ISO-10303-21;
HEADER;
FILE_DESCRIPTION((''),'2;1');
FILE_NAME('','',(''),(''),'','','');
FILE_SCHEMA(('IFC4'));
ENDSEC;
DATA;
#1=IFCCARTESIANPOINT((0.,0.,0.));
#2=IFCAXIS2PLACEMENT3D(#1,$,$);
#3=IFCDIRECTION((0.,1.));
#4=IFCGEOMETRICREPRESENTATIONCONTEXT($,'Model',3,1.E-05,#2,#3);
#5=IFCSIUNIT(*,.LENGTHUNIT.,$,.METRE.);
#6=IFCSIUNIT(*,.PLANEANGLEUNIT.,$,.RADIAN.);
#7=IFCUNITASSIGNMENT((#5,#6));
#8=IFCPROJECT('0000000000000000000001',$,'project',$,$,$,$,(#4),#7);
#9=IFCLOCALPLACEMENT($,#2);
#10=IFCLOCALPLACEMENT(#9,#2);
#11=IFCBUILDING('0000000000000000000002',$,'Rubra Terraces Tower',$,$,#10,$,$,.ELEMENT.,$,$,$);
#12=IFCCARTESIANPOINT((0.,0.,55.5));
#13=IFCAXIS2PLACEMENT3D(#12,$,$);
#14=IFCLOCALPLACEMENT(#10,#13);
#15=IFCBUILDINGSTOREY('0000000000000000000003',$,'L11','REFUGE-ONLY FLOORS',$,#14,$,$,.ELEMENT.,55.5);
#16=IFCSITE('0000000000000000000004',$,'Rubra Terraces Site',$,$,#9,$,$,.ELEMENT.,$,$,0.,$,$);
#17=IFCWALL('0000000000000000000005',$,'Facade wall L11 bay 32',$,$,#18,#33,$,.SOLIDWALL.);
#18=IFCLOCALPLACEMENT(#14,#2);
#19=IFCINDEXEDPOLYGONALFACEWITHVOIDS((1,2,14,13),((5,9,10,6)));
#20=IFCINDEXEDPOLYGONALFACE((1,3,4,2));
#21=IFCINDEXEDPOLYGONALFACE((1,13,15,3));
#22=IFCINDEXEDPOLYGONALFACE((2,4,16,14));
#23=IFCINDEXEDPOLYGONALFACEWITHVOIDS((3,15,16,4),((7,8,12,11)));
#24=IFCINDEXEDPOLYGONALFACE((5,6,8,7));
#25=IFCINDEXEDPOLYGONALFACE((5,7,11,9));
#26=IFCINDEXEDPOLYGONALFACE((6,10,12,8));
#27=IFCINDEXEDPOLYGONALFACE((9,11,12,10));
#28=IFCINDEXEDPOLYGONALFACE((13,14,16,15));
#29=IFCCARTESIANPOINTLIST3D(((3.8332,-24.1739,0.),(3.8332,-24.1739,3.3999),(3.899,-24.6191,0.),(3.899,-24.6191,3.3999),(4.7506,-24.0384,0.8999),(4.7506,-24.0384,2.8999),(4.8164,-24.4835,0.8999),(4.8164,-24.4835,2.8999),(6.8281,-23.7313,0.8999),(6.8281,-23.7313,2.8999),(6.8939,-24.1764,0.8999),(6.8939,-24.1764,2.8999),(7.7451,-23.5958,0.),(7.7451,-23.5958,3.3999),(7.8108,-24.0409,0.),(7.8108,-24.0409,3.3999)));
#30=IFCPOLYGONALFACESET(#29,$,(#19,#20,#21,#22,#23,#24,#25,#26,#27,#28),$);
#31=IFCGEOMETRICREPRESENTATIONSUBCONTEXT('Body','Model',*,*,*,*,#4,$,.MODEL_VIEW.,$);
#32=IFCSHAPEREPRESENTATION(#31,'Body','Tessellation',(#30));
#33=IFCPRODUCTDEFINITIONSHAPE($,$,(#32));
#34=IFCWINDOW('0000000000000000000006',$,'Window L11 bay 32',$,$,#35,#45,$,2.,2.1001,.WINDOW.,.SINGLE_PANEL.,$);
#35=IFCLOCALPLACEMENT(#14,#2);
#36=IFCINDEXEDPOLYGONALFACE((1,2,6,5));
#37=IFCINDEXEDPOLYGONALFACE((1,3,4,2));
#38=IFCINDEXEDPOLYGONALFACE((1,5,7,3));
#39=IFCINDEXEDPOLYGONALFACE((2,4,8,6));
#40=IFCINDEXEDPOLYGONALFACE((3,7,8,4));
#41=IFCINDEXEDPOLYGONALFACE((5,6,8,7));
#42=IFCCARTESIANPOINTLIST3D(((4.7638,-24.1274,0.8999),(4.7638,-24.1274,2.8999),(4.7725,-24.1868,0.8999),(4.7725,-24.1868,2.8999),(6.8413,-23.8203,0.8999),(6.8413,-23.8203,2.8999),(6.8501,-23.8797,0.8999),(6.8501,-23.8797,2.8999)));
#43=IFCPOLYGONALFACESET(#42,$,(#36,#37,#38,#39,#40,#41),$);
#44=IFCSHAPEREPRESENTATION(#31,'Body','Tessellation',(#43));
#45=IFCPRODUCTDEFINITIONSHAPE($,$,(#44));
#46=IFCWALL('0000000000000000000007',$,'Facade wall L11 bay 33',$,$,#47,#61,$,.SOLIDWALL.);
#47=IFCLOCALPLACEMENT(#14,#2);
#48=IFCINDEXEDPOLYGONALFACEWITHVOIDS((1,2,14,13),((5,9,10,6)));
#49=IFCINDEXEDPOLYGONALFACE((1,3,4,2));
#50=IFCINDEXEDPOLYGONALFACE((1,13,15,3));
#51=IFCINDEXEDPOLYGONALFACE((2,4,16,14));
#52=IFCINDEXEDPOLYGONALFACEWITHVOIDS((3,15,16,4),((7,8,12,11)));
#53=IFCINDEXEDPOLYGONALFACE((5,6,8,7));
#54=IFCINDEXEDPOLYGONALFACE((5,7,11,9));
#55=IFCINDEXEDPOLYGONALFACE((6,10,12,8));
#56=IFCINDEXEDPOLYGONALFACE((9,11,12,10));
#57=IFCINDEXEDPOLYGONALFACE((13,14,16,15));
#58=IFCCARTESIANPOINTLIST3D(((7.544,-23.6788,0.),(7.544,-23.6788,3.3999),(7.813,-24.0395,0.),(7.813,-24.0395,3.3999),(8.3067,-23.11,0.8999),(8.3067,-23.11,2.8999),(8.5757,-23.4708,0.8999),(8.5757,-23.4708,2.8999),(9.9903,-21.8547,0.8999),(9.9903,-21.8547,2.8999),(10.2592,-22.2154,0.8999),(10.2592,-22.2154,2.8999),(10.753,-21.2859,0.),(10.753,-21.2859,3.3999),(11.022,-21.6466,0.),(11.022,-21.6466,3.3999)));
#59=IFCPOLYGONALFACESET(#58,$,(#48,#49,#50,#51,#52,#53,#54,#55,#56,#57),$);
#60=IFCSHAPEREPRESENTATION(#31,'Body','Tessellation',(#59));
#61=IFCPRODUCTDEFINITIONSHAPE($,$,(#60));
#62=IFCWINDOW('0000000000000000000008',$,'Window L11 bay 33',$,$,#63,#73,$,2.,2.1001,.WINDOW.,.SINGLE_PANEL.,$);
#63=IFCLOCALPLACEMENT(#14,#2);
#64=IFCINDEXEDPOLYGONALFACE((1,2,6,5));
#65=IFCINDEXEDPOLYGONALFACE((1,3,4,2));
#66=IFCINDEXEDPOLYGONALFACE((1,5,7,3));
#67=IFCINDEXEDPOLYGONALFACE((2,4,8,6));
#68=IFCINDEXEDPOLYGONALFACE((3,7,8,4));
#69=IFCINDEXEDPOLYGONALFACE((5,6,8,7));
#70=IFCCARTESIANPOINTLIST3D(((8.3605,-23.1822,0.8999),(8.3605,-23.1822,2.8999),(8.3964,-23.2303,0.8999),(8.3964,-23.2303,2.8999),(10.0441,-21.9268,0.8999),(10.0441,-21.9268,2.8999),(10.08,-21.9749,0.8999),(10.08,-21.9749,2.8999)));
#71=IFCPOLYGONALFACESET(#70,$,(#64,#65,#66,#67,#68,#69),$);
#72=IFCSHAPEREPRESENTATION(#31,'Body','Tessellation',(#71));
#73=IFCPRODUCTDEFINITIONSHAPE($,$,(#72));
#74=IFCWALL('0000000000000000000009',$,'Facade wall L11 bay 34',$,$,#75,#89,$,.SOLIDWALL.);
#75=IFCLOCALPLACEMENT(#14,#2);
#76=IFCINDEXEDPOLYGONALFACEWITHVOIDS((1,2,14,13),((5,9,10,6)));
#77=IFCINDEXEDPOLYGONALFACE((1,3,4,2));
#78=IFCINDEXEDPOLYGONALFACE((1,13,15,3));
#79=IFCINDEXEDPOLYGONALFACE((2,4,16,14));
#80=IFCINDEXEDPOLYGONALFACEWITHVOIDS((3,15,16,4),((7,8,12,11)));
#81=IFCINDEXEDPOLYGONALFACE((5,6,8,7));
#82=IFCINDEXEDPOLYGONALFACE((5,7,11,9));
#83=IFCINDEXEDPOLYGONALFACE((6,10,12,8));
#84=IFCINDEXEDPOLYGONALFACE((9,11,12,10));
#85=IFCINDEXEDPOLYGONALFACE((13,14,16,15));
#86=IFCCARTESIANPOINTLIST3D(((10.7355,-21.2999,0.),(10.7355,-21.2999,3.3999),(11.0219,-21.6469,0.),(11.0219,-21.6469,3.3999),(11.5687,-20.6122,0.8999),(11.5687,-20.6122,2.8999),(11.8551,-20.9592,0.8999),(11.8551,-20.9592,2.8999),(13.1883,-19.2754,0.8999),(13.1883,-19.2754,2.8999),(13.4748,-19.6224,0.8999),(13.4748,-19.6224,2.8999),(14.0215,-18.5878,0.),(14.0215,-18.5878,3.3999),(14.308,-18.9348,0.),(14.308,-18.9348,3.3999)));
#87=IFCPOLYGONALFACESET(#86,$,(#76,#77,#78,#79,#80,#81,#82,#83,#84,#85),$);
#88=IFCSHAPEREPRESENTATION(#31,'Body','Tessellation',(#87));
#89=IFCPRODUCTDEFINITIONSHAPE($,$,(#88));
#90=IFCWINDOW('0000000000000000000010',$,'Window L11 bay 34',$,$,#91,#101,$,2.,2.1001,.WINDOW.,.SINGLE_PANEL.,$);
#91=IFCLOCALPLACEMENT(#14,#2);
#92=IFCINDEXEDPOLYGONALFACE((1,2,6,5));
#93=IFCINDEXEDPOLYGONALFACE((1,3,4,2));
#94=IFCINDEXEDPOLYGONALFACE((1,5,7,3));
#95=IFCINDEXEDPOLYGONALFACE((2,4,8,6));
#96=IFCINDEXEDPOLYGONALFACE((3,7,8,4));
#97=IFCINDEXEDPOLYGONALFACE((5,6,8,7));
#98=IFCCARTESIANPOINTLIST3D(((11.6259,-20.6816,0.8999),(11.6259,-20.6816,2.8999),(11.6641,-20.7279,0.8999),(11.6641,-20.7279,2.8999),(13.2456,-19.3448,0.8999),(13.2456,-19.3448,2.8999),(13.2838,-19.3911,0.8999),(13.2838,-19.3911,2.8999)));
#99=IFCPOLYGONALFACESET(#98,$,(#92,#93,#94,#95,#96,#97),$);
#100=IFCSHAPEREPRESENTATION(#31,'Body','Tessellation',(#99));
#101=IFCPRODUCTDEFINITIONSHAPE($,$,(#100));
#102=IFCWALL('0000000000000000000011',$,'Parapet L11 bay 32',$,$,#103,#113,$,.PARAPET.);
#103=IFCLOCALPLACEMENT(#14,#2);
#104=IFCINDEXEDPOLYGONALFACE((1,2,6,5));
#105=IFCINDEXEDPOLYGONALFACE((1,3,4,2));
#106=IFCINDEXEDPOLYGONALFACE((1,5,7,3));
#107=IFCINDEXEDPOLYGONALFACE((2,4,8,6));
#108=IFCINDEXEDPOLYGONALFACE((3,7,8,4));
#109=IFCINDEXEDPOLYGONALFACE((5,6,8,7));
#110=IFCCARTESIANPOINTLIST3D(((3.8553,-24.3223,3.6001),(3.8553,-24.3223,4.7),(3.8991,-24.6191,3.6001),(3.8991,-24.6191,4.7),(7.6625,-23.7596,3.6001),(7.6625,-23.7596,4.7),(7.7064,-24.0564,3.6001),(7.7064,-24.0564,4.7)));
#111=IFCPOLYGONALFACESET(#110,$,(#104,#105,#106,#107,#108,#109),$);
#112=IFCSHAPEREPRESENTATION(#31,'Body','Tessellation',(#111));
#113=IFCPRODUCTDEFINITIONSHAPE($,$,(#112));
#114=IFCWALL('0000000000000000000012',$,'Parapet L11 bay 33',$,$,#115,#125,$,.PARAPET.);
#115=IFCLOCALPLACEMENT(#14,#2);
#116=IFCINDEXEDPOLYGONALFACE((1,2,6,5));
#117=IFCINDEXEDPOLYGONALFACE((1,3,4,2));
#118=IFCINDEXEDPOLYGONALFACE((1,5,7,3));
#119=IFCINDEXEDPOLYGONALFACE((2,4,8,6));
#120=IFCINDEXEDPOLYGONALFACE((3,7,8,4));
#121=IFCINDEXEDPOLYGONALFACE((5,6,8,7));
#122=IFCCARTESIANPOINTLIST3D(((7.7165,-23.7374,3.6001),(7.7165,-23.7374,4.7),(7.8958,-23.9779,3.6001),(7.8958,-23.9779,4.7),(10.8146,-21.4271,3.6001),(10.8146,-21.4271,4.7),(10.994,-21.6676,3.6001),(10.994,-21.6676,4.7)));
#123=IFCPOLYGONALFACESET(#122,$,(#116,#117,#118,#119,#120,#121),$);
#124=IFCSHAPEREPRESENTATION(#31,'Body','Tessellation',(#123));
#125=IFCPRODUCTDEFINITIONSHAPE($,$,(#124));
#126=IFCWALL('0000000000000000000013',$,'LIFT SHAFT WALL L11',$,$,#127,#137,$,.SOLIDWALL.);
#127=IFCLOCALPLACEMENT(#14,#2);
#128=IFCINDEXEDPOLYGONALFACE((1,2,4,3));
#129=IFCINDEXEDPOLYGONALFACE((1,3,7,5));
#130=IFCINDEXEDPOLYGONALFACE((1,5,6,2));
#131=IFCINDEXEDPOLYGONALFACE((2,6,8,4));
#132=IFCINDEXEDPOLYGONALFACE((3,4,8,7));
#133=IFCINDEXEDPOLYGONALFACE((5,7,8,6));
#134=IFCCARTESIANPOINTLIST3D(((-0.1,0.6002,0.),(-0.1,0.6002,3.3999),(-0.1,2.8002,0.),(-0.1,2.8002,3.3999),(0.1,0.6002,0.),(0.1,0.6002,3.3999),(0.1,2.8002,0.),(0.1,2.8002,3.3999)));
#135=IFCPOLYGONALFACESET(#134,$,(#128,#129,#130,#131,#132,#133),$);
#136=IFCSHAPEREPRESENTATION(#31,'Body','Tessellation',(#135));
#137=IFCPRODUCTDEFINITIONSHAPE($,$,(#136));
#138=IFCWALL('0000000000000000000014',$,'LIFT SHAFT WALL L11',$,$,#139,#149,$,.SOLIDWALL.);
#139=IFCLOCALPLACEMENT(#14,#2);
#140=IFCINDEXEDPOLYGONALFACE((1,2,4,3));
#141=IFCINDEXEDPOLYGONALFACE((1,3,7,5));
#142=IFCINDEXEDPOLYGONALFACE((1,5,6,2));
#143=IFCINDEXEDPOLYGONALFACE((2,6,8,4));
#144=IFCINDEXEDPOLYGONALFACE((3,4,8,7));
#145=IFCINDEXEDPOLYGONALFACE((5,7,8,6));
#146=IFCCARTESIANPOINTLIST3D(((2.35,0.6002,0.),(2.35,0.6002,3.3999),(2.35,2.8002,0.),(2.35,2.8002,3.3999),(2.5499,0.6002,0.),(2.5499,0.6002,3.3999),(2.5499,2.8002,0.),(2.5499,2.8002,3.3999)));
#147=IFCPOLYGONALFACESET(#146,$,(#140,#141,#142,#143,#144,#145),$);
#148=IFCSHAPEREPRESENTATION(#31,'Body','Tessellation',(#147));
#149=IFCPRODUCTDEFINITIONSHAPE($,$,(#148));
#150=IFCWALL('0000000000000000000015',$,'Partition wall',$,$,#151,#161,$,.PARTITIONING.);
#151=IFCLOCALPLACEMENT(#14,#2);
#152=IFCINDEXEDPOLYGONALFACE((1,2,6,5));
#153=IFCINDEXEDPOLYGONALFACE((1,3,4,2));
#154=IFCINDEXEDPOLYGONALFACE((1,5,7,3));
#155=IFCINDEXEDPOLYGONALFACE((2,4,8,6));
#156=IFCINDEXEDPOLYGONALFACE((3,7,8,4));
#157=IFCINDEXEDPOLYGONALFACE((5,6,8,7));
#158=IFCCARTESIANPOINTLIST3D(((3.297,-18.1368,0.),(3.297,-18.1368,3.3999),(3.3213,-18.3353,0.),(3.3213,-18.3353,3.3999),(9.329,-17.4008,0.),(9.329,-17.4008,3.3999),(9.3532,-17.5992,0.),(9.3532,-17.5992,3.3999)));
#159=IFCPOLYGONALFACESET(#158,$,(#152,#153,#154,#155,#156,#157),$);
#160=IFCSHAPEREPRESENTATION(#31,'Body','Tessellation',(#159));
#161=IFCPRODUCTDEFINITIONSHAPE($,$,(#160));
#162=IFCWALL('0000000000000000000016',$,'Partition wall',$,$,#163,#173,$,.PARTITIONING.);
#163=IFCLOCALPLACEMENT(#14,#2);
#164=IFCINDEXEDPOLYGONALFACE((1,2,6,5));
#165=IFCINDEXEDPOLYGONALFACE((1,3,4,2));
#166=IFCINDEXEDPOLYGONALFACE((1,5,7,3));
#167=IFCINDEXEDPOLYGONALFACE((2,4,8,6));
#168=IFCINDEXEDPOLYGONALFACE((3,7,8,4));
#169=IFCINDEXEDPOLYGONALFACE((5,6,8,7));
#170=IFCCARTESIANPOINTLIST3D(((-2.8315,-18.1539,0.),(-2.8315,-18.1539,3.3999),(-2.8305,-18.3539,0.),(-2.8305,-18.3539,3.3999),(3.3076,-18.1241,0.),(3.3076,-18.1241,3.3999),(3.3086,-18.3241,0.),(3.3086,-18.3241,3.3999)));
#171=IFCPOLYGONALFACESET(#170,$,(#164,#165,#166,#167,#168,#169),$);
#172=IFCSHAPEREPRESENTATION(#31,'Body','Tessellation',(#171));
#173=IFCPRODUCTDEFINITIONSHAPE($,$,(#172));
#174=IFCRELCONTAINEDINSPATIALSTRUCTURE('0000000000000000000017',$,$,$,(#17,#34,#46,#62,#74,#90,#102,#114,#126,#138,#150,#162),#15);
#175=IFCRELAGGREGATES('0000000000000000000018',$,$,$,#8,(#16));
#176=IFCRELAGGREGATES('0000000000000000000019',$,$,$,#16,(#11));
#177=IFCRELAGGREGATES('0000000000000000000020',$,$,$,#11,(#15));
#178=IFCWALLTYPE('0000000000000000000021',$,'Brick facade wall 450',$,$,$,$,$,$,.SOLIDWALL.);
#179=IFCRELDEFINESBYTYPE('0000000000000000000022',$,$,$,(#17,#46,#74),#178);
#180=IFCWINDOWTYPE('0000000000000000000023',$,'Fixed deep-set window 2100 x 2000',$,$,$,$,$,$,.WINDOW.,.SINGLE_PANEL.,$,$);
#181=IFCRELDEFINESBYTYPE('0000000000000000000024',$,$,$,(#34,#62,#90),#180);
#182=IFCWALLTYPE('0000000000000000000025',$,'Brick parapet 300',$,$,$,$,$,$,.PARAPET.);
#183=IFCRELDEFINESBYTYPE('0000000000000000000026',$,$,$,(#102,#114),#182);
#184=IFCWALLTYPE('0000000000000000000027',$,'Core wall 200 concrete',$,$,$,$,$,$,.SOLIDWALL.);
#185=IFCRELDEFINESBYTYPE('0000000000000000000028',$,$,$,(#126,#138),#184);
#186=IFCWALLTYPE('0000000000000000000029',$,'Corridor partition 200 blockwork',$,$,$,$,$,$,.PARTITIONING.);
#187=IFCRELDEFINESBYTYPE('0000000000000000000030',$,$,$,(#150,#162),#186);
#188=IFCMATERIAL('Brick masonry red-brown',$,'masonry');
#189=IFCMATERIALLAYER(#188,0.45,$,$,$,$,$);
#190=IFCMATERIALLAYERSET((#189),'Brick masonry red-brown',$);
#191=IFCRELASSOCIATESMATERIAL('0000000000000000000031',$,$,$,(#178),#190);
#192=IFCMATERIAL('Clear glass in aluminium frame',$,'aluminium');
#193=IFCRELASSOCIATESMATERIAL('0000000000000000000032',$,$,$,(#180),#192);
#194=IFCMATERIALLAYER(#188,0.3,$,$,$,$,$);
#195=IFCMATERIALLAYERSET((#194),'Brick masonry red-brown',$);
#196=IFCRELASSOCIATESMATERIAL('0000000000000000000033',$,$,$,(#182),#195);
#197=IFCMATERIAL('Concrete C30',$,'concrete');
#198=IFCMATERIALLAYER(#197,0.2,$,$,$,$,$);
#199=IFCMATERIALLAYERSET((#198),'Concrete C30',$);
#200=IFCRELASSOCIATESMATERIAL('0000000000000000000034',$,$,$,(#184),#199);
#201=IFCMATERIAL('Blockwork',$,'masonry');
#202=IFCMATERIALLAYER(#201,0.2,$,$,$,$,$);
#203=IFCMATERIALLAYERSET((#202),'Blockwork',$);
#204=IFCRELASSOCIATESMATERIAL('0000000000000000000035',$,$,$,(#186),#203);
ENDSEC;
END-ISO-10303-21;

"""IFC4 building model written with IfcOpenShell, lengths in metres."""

from ifc_helpers import new_model, si_unit, direction, frame, frame_2d, origin, place, context, subcontext, project, spatial, rectangle, extrude, material, layer, layer_set, type_object, element, fill, save


model = new_model("IFC4")

# Units and contexts
model_context = context("Model", 3, precision=1e-05, world=origin(), true_north=direction((0.0, 1.0)))
body_context = subcontext(model_context, "Body", "Model", "MODEL_VIEW")
ifc_project = project(units=[si_unit("LENGTHUNIT", "METRE"), si_unit("PLANEANGLEUNIT", "RADIAN")], contexts=[model_context])

# Site, building, storey
site_placement = place(None, origin())
site = spatial("IfcSite", under=ifc_project, at=site_placement, Name="Rubra Terraces Site", CompositionType="ELEMENT", RefElevation=0.0)
building_placement = place(site_placement, origin())
building = spatial("IfcBuilding", under=site, at=building_placement, Name="Rubra Terraces Tower", CompositionType="ELEMENT")
storey_placement = place(building_placement, frame((0.0, 0.0, 55.5)))
storey = spatial("IfcBuildingStorey", under=building, at=storey_placement, Name="L11", Description="REFUGE-ONLY FLOORS", CompositionType="ELEMENT", Elevation=55.5)

# Walls, openings, windows
ifc_material_1 = material(Name="Brick masonry red-brown", Category="masonry")
ifc_layer_1 = layer(ifc_material_1, 0.45)
ifc_layer_set_1 = layer_set([ifc_layer_1], Name="Brick masonry red-brown")
wall_type_1 = type_object("IfcWallType", Name="Brick facade wall 450", PredefinedType="SOLIDWALL", material=ifc_layer_set_1)
ifc_material_2 = material(Name="Clear glass in aluminium frame", Category="aluminium")
window_type = type_object("IfcWindowType", Name="Fixed deep-set window 2100 x 2000", PartitioningType="SINGLE_PANEL", PredefinedType="WINDOW", material=ifc_material_2)
wall_1_placement = place(storey_placement, frame((3.8662, -24.3965, 0.0), z_axis=(0.0, 0.0, 1.0), x_axis=(0.989255, 0.1462, 0.0)))
wall_1 = element("IfcWall", 1, at=wall_1_placement, inside=storey, type_object=wall_type_1, Name="Facade wall L11 bay 32", PredefinedType="SOLIDWALL", context=body_context, shape_type="SweptSolid", body=[
    extrude(rectangle(XDim=3.9543, YDim=0.45, at=frame_2d((1.9771, 0.0))), origin(), (0.0, 0.0, 1.0), 3.3999),
])
opening_1_placement = place(wall_1_placement, frame((0.9272, 0.0, 0.8999)))
opening_1 = element("IfcOpeningElement", 2, at=opening_1_placement, cuts=wall_1, PredefinedType="OPENING", context=body_context, shape_type="SweptSolid", body=[
    extrude(rectangle(XDim=2.1001, YDim=2.0, at=frame_2d((1.05, 1.0))), frame((0.0, 0.2349, 0.0), z_axis=(0.0, -1.0, 0.0), x_axis=(1.0, 0.0, 0.0)), (0.0, 0.0, 1.0), 0.47),
])
window_1_placement = place(opening_1_placement, origin())
window_1 = element("IfcWindow", 3, at=window_1_placement, inside=storey, type_object=window_type, Name="Window L11 bay 32", OverallHeight=2.0, OverallWidth=2.1001, PartitioningType="SINGLE_PANEL", PredefinedType="WINDOW", context=body_context, shape_type="SweptSolid", body=[
    extrude(rectangle(XDim=2.1001, YDim=2.0, at=frame_2d((1.05, 1.0))), frame((0.0, 0.135, 0.0), z_axis=(0.0, -1.0, 0.0), x_axis=(1.0, 0.0, 0.0)), (0.0, 0.0, 1.0), 0.0601),
])
fill(opening_1, window_1)
wall_2_placement = place(storey_placement, frame((7.6785, -23.8591, 0.0), z_axis=(0.0, 0.0, 1.0), x_axis=(0.801666, 0.597773, 0.0)))
wall_2 = element("IfcWall", 4, at=wall_2_placement, inside=storey, type_object=wall_type_1, Name="Facade wall L11 bay 33", PredefinedType="SOLIDWALL", context=body_context, shape_type="SweptSolid", body=[
    extrude(rectangle(XDim=4.0029, YDim=0.45, at=frame_2d((2.0015, 0.0))), origin(), (0.0, 0.0, 1.0), 3.3999),
])
opening_2_placement = place(wall_2_placement, frame((0.9514, 0.0, 0.8999)))
opening_2 = element("IfcOpeningElement", 5, at=opening_2_placement, cuts=wall_2, PredefinedType="OPENING", context=body_context, shape_type="SweptSolid", body=[
    extrude(rectangle(XDim=2.1001, YDim=2.0, at=frame_2d((1.05, 1.0))), frame((0.0, 0.2349, 0.0), z_axis=(0.0, -1.0, 0.0), x_axis=(1.0, 0.0, 0.0)), (0.0, 0.0, 1.0), 0.47),
])
window_2_placement = place(opening_2_placement, origin())
window_2 = element("IfcWindow", 6, at=window_2_placement, inside=storey, type_object=window_type, Name="Window L11 bay 33", OverallHeight=2.0, OverallWidth=2.1001, PartitioningType="SINGLE_PANEL", PredefinedType="WINDOW", context=body_context, shape_type="SweptSolid", body=[
    extrude(rectangle(XDim=2.1001, YDim=2.0, at=frame_2d((1.05, 1.0))), frame((0.0, 0.135, 0.0), z_axis=(0.0, -1.0, 0.0), x_axis=(1.0, 0.0, 0.0)), (0.0, 0.0, 1.0), 0.0601),
])
fill(opening_2, window_2)
wall_3_placement = place(storey_placement, frame((10.8787, -21.4734, 0.0), z_axis=(0.0, 0.0, 1.0), x_axis=(0.771247, 0.636536, 0.0)))
wall_3 = element("IfcWall", 7, at=wall_3_placement, inside=storey, type_object=wall_type_1, Name="Facade wall L11 bay 34", PredefinedType="SOLIDWALL", context=body_context, shape_type="SweptSolid", body=[
    extrude(rectangle(XDim=4.2607, YDim=0.45, at=frame_2d((2.1304, 0.0))), origin(), (0.0, 0.0, 1.0), 3.3999),
])
opening_3_placement = place(wall_3_placement, frame((1.0803, 0.0, 0.8999)))
opening_3 = element("IfcOpeningElement", 8, at=opening_3_placement, cuts=wall_3, PredefinedType="OPENING", context=body_context, shape_type="SweptSolid", body=[
    extrude(rectangle(XDim=2.1001, YDim=2.0, at=frame_2d((1.05, 1.0))), frame((0.0, 0.2349, 0.0), z_axis=(0.0, -1.0, 0.0), x_axis=(1.0, 0.0, 0.0)), (0.0, 0.0, 1.0), 0.47),
])
window_3_placement = place(opening_3_placement, origin())
window_3 = element("IfcWindow", 9, at=window_3_placement, inside=storey, type_object=window_type, Name="Window L11 bay 34", OverallHeight=2.0, OverallWidth=2.1001, PartitioningType="SINGLE_PANEL", PredefinedType="WINDOW", context=body_context, shape_type="SweptSolid", body=[
    extrude(rectangle(XDim=2.1001, YDim=2.0, at=frame_2d((1.05, 1.0))), frame((0.0, 0.135, 0.0), z_axis=(0.0, -1.0, 0.0), x_axis=(1.0, 0.0, 0.0)), (0.0, 0.0, 1.0), 0.0601),
])
fill(opening_3, window_3)

# Walls
ifc_layer_2 = layer(ifc_material_1, 0.3)
ifc_layer_set_2 = layer_set([ifc_layer_2], Name="Brick masonry red-brown")
wall_type_2 = type_object("IfcWallType", Name="Brick parapet 300", PredefinedType="PARAPET", material=ifc_layer_set_2)
wall_4_placement = place(storey_placement, frame((3.8772, -24.4707, 3.6001), z_axis=(0.0, 0.0, 1.0), x_axis=(0.989253, 0.146215, 0.0)))
element("IfcWall", 10, at=wall_4_placement, inside=storey, type_object=wall_type_2, Name="Parapet L11 bay 32", PredefinedType="PARAPET", context=body_context, shape_type="SweptSolid", body=[
    extrude(rectangle(XDim=3.8486, YDim=0.3, at=frame_2d((1.9243, 0.0))), origin(), (0.0, 0.0, 1.0), 1.0999),
])
wall_5_placement = place(storey_placement, frame((7.8062, -23.8577, 3.6001), z_axis=(0.0, 0.0, 1.0), x_axis=(0.80165, 0.597794, 0.0)))
element("IfcWall", 11, at=wall_5_placement, inside=storey, type_object=wall_type_2, Name="Parapet L11 bay 33", PredefinedType="PARAPET", context=body_context, shape_type="SweptSolid", body=[
    extrude(rectangle(XDim=3.8647, YDim=0.3, at=frame_2d((1.9324, 0.0))), origin(), (0.0, 0.0, 1.0), 1.0999),
])
ifc_material_3 = material(Name="Concrete C30", Category="concrete")
ifc_layer_3 = layer(ifc_material_3, 0.2)
ifc_layer_set_3 = layer_set([ifc_layer_3], Name="Concrete C30")
wall_type_3 = type_object("IfcWallType", Name="Core wall 200 concrete", PredefinedType="SOLIDWALL", material=ifc_layer_set_3)
for number, where, z_axis, x_axis, name in (
    (12, (0.0, 0.6001, 0.0), (0.0, 0.0, 1.0), (0.0, 1.0, 0.0), "LIFT SHAFT WALL L11"),
    (13, (2.45, 0.6001, 0.0), (0.0, 0.0, 1.0), (0.0, 1.0, 0.0), "LIFT SHAFT WALL L11"),
):
    element("IfcWall", number, at=place(storey_placement, frame(where, z_axis=z_axis, x_axis=x_axis)), inside=storey, type_object=wall_type_3, Name=name, PredefinedType="SOLIDWALL", context=body_context, shape_type="SweptSolid", body=[
        extrude(rectangle(XDim=2.2, YDim=0.2, at=frame_2d((1.1001, 0.0))), origin(), (0.0, 0.0, 1.0), 3.3999),
    ])
ifc_material_4 = material(Name="Blockwork", Category="masonry")
ifc_layer_4 = layer(ifc_material_4, 0.2)
ifc_layer_set_4 = layer_set([ifc_layer_4], Name="Blockwork")
wall_type_4 = type_object("IfcWallType", Name="Corridor partition 200 blockwork", PredefinedType="PARTITIONING", material=ifc_layer_set_4)
wall_6_placement = place(storey_placement, frame((9.3411, -17.5, 0.0), z_axis=(0.0, 0.0, 1.0), x_axis=(-0.992636, -0.121132, 0.0)))
element("IfcWall", 14, at=wall_6_placement, inside=storey, type_object=wall_type_4, Name="Partition wall", PredefinedType="PARTITIONING", context=body_context, shape_type="SweptSolid", body=[
    extrude(rectangle(XDim=6.0767, YDim=0.2, at=frame_2d((3.0383, 0.0))), origin(), (0.0, 0.0, 1.0), 3.3999),
])
wall_7_placement = place(storey_placement, frame((3.3081, -18.2241, 0.0), z_axis=(0.0, 0.0, 1.0), x_axis=(-0.999988, -0.004852, 0.0)))
element("IfcWall", 15, at=wall_7_placement, inside=storey, type_object=wall_type_4, Name="Partition wall", PredefinedType="PARTITIONING", context=body_context, shape_type="SweptSolid", body=[
    extrude(rectangle(XDim=6.1392, YDim=0.2, at=frame_2d((3.0696, 0.0))), origin(), (0.0, 0.0, 1.0), 3.3999),
])

save(model, "model.ifc")
